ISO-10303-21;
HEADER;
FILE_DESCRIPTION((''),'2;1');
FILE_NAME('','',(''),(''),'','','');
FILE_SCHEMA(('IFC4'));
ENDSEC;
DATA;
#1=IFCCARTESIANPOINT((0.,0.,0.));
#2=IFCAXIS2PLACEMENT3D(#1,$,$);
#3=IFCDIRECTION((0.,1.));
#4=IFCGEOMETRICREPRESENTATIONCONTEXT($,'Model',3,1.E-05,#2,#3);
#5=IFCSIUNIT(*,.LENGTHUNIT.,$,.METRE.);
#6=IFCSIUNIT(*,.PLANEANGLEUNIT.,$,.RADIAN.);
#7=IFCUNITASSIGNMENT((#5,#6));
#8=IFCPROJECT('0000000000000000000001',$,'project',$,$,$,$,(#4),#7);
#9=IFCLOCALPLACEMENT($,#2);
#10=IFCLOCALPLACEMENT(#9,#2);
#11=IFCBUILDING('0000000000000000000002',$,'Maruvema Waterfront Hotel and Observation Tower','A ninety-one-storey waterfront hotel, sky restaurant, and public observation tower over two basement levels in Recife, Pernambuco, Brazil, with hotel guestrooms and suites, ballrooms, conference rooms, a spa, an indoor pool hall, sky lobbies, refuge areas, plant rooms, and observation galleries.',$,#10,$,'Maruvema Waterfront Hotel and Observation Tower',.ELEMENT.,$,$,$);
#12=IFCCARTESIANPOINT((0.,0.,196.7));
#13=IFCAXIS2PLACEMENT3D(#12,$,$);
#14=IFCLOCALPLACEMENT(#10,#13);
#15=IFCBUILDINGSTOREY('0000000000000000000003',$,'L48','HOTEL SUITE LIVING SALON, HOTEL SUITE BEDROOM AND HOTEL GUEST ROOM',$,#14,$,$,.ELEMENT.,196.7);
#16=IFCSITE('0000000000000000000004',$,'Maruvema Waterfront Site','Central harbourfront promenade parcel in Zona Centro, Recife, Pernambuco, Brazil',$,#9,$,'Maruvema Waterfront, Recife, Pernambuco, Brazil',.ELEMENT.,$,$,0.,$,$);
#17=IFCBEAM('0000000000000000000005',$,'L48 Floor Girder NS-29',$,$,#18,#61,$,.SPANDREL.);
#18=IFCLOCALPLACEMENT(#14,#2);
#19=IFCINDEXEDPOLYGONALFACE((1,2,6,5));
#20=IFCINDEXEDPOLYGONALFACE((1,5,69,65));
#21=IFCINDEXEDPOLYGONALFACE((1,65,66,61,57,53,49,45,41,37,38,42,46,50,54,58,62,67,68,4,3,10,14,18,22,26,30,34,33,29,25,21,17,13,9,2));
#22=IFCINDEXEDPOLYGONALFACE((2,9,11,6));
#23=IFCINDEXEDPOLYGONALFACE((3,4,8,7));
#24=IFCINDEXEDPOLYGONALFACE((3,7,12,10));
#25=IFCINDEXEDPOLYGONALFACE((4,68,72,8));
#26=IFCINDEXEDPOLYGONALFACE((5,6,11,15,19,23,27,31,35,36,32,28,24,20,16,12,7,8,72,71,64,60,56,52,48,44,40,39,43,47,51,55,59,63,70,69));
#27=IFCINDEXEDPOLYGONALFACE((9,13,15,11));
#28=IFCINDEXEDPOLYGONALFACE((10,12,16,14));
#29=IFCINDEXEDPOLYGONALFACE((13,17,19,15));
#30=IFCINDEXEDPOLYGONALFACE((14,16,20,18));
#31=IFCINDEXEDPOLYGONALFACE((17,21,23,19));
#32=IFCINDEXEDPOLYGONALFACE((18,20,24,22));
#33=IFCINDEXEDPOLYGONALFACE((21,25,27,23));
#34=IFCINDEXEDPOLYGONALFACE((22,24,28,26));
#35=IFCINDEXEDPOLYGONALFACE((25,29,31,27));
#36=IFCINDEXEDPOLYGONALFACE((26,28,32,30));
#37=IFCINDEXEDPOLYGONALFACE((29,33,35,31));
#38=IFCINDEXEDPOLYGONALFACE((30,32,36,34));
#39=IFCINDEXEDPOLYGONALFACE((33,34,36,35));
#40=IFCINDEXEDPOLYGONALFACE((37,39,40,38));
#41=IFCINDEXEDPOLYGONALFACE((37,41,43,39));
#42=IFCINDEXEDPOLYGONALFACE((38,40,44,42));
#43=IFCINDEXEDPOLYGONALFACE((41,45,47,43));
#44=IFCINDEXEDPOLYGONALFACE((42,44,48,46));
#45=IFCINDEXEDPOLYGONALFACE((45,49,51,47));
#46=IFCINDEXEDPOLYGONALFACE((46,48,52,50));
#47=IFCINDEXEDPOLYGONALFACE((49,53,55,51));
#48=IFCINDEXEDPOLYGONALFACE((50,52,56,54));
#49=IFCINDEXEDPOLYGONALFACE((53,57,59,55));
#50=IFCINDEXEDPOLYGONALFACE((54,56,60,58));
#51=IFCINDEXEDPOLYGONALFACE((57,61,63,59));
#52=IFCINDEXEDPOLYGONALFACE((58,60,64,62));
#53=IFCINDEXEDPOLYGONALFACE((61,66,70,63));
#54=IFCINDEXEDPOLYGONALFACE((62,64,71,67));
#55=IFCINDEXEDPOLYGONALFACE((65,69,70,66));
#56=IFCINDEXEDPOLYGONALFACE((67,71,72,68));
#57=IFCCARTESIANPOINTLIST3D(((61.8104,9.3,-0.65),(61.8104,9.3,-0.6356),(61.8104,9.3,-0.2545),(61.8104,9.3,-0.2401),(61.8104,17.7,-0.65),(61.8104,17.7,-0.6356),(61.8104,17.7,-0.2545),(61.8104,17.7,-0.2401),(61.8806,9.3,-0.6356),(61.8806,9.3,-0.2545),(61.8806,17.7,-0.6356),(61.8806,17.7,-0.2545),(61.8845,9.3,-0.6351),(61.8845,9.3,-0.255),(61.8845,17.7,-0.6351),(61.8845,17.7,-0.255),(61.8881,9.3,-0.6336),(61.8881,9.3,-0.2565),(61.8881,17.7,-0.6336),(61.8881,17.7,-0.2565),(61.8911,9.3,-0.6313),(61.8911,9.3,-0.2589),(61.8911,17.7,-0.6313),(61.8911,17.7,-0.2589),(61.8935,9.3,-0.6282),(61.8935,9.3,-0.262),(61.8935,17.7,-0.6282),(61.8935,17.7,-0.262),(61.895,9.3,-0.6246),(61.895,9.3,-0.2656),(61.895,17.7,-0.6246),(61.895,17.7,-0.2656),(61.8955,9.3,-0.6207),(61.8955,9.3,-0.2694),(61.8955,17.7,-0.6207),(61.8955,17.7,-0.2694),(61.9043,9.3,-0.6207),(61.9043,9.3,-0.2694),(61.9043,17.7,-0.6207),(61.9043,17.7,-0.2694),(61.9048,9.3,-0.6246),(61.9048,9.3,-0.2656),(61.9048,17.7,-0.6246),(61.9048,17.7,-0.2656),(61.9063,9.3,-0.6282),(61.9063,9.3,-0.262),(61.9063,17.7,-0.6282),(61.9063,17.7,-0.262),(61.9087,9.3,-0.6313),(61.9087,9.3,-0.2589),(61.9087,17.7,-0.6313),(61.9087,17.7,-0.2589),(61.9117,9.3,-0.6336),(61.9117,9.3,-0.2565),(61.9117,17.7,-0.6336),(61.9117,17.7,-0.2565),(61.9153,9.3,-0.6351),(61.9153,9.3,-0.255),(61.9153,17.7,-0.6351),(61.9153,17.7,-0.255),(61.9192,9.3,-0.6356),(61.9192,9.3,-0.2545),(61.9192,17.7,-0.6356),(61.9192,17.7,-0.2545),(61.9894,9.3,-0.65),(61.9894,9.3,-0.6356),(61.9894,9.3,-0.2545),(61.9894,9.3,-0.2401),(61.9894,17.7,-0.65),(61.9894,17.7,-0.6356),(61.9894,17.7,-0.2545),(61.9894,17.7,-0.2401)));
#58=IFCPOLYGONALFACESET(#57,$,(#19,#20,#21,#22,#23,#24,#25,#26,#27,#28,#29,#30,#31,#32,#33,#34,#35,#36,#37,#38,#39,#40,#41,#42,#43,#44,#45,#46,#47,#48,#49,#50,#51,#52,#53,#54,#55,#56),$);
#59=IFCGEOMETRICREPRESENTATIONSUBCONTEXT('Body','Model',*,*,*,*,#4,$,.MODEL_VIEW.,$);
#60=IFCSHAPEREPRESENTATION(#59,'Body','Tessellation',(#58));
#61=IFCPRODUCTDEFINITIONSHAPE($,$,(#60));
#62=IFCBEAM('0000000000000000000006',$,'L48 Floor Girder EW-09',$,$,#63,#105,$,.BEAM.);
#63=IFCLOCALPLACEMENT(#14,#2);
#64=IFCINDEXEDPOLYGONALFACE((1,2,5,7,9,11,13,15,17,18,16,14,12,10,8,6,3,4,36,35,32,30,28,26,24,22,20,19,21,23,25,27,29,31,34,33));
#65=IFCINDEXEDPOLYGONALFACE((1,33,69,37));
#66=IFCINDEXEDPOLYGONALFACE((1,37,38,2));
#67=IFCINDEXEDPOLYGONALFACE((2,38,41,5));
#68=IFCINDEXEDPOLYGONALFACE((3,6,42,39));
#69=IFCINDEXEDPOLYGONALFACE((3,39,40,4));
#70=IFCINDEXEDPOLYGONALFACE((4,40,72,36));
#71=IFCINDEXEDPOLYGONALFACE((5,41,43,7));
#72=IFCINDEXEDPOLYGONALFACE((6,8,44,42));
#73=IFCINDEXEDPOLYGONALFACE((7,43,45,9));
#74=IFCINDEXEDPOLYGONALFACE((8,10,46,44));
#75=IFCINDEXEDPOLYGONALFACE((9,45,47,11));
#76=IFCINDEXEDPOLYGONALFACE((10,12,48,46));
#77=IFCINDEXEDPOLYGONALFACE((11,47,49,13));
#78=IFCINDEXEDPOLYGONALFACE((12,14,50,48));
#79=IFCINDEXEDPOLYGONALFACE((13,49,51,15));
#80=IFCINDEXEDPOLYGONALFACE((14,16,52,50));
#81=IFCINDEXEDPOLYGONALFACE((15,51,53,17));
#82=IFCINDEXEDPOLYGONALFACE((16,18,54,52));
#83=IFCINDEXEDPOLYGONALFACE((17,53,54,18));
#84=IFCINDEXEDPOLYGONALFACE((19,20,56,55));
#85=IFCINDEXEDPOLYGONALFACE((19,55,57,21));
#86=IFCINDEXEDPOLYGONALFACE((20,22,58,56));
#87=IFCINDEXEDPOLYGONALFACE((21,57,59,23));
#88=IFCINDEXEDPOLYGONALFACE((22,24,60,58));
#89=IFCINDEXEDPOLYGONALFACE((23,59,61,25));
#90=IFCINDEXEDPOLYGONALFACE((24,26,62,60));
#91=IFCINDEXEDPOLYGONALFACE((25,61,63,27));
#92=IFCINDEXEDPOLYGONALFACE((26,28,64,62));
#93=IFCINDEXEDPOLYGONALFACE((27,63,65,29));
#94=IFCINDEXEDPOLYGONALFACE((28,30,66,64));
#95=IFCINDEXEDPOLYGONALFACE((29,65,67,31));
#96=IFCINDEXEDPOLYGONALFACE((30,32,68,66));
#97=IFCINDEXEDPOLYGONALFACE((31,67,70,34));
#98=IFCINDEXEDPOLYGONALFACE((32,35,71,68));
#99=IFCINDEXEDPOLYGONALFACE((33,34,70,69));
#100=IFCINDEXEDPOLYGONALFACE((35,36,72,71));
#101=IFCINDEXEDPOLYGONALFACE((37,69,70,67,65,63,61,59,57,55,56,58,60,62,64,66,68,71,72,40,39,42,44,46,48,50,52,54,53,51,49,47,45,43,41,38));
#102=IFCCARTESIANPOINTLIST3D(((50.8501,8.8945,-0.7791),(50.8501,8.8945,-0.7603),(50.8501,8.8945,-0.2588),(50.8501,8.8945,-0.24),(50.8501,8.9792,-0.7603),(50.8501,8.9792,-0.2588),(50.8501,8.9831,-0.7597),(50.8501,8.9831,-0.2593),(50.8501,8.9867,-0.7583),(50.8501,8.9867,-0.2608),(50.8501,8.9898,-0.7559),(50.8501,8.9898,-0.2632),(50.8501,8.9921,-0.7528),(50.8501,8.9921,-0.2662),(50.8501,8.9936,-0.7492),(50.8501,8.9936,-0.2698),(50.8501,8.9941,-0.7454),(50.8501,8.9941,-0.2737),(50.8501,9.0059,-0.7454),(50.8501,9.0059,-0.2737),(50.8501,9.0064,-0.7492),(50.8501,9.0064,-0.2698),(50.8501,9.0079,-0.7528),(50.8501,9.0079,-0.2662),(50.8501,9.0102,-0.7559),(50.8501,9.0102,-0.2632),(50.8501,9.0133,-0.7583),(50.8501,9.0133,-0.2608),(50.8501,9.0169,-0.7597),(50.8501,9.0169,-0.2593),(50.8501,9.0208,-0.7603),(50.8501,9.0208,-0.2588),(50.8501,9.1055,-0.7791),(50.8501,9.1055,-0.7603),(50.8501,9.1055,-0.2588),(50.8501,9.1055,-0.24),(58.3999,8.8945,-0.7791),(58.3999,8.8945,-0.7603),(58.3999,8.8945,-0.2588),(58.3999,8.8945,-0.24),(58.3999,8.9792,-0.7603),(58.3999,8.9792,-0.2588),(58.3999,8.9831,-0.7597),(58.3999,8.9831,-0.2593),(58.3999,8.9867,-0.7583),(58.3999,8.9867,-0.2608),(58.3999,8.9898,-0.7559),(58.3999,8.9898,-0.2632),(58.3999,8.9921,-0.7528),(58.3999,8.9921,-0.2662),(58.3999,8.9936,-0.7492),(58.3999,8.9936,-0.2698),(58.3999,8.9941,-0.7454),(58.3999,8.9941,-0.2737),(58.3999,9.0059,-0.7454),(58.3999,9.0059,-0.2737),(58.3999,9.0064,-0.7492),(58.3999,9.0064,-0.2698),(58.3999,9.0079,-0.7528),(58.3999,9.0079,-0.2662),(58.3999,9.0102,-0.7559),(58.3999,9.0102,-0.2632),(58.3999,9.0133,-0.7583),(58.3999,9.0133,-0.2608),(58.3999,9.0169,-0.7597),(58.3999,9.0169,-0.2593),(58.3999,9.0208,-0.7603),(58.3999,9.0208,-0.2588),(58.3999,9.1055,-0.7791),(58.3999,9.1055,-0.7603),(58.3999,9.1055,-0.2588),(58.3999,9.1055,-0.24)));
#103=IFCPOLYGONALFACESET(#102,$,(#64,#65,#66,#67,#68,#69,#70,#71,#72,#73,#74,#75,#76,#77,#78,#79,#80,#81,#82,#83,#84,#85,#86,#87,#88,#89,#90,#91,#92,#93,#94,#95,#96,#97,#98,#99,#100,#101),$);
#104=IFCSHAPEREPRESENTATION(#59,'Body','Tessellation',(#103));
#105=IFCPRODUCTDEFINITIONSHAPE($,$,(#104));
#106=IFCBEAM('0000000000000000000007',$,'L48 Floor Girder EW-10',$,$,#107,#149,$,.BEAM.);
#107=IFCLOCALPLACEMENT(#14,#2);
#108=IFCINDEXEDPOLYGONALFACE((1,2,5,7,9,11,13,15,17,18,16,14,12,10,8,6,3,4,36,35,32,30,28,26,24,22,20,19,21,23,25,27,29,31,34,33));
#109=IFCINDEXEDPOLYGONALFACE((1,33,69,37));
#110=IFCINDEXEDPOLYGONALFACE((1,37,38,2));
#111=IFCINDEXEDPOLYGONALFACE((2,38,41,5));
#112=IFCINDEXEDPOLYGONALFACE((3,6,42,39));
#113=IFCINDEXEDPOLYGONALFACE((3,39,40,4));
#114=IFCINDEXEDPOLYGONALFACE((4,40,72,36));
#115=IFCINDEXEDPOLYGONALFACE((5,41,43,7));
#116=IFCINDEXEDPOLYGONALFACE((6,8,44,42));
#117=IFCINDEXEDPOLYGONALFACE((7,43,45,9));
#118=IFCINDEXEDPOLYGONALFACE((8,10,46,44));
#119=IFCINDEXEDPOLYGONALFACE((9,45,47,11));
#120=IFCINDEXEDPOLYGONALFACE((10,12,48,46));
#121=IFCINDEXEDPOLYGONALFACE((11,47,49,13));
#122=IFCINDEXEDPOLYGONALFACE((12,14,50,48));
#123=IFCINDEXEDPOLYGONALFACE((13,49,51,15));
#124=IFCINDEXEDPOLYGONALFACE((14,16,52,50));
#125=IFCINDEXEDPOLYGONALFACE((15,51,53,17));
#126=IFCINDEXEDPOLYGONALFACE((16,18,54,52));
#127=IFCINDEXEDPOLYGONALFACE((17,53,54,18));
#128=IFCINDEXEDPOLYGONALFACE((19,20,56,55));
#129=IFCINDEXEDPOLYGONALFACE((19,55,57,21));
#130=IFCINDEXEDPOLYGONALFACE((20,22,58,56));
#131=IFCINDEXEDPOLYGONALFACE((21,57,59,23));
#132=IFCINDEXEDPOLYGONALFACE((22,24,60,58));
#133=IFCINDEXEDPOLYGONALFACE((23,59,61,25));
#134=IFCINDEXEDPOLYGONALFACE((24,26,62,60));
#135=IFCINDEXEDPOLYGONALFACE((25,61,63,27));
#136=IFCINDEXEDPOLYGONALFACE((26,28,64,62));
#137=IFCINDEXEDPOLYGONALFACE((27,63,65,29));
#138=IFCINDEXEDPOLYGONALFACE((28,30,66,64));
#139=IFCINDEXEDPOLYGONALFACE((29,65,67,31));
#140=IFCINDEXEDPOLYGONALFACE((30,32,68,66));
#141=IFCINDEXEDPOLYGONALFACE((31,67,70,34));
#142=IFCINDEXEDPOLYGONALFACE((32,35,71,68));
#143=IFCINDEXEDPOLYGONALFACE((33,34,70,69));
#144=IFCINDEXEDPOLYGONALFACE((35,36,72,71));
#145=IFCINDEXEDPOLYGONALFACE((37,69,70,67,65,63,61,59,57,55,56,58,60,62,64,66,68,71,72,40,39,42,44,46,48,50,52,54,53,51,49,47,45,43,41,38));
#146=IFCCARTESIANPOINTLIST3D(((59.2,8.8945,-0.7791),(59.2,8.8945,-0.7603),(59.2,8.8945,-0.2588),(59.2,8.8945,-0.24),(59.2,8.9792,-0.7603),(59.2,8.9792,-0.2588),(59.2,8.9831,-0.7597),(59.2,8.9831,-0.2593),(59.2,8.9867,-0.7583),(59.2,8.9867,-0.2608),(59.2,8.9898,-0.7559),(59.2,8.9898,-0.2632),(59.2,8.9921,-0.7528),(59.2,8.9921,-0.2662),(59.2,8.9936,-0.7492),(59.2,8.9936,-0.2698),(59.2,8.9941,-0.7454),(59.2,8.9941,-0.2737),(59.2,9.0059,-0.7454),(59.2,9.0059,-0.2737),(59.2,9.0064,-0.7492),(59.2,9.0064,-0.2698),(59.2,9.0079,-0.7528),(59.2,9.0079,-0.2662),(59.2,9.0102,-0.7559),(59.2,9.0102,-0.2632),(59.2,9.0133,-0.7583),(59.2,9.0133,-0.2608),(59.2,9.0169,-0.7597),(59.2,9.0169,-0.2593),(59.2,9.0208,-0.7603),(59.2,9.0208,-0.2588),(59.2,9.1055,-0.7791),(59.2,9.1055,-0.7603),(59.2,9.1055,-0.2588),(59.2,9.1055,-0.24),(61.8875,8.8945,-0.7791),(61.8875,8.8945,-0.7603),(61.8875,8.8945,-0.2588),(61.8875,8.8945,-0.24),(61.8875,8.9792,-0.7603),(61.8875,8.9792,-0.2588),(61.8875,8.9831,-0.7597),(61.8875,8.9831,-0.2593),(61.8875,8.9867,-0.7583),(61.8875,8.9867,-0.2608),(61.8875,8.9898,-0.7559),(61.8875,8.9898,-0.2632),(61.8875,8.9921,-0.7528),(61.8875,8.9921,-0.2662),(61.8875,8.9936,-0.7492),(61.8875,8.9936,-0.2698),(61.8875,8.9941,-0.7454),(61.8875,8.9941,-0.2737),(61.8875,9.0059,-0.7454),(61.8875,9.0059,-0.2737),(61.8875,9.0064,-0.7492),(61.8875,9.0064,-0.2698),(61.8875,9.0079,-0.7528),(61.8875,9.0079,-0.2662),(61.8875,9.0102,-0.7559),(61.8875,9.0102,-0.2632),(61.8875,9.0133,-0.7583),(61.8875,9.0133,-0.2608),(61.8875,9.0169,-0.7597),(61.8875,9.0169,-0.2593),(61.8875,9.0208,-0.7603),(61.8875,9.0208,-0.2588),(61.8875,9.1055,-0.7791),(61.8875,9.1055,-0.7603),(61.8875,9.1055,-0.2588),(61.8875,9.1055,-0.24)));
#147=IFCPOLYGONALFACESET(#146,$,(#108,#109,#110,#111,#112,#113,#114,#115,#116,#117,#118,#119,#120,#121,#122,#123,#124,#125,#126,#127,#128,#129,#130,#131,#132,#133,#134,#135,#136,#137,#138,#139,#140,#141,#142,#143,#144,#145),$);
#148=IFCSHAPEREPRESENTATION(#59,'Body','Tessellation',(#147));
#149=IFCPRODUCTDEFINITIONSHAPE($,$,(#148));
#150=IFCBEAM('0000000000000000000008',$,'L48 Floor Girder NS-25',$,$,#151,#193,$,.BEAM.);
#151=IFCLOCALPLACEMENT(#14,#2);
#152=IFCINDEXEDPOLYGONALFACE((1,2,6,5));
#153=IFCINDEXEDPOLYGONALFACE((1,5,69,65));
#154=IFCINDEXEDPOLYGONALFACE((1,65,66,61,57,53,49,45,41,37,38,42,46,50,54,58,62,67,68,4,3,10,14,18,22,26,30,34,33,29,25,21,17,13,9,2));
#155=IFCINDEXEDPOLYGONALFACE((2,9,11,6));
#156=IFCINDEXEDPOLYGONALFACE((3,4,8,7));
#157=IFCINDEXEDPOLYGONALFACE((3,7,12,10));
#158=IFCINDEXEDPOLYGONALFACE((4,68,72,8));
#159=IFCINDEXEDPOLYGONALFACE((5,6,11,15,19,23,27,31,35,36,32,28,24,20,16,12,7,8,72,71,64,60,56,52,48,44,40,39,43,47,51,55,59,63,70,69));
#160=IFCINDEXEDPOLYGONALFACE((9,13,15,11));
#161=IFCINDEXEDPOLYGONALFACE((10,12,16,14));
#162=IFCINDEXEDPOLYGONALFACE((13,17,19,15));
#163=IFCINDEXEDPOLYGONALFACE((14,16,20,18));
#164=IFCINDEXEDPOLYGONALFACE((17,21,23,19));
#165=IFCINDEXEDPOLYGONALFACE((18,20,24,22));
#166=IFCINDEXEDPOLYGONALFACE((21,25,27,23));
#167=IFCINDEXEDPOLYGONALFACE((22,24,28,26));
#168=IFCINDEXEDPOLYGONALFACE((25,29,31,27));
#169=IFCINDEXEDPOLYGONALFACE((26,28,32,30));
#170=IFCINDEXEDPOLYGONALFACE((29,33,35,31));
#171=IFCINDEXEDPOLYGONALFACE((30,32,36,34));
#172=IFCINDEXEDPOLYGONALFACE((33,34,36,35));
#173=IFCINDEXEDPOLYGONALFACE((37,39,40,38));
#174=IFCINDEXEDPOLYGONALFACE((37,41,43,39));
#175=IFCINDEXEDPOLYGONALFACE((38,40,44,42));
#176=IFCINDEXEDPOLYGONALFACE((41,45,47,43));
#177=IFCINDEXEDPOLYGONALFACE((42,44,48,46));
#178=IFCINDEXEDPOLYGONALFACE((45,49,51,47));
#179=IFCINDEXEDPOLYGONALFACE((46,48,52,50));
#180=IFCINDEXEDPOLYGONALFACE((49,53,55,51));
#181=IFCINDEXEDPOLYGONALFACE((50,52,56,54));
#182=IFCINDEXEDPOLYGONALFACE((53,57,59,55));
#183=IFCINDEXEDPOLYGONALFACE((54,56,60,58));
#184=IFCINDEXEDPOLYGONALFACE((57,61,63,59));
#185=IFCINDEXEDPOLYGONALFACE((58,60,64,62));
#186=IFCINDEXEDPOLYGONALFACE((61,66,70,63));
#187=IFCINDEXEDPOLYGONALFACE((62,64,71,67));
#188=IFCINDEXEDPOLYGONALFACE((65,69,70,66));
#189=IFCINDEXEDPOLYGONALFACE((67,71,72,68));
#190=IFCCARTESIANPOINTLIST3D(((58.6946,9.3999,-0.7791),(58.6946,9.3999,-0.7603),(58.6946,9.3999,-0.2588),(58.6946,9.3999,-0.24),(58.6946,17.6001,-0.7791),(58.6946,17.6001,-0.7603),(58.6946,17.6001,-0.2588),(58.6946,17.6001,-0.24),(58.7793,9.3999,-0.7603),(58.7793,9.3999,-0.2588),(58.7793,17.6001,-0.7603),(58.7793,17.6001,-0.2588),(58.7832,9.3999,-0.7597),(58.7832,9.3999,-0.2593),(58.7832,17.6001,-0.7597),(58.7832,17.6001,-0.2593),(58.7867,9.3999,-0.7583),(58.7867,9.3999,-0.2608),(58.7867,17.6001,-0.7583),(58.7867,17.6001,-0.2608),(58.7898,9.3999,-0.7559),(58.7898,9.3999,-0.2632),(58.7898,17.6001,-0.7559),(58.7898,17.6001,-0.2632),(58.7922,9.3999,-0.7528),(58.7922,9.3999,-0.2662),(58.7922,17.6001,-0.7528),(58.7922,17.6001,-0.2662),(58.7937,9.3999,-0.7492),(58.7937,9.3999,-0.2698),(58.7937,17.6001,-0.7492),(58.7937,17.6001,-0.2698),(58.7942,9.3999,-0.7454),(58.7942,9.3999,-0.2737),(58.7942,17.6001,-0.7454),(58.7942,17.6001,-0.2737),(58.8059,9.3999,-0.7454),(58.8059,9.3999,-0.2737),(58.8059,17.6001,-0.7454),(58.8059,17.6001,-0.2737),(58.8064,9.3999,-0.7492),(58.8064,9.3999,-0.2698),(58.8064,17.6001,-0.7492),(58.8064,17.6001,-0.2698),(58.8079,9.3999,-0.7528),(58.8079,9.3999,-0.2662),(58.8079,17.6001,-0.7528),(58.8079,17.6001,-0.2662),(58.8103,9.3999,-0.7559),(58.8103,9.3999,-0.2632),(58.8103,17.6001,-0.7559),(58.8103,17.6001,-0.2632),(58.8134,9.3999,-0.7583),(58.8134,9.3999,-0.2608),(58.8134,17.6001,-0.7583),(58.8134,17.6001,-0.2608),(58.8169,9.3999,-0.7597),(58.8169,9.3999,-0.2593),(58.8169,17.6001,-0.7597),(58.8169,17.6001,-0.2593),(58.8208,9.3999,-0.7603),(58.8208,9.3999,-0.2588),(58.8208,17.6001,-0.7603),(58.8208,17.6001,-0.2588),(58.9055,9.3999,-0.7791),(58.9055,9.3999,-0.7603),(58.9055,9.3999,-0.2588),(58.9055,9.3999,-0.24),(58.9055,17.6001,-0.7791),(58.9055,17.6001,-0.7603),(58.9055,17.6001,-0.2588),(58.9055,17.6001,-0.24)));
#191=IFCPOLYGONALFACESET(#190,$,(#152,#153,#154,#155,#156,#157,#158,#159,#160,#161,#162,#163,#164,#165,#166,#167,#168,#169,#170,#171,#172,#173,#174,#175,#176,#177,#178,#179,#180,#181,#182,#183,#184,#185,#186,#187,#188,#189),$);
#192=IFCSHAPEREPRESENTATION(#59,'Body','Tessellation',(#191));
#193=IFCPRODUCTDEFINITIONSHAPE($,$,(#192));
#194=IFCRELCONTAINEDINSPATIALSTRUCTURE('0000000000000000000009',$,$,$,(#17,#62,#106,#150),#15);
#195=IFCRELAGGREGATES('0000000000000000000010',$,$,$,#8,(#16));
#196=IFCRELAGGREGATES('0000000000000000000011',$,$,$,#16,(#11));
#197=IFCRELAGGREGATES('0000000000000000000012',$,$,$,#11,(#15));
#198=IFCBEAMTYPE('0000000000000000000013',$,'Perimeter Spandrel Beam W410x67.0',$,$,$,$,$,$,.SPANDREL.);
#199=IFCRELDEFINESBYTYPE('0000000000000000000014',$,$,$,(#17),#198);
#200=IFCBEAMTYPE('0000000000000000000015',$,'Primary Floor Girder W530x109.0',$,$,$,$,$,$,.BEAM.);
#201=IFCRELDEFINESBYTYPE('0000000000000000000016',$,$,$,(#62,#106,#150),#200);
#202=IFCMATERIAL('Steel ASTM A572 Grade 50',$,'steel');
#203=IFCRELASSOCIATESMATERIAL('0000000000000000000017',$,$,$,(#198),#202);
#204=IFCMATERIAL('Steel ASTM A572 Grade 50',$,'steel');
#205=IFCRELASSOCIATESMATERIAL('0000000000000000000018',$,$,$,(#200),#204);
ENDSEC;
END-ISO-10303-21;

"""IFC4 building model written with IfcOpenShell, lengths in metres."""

from ifc_helpers import new_model, si_unit, direction, frame, origin, origin_2d, place, context, subcontext, project, spatial, i_section, extrude, material, material_profile, profile_set, type_object, element, save


model = new_model("IFC4")

# Units and contexts
model_context = context("Model", 3, precision=1e-05, world=origin(), true_north=direction((0.0, 1.0)))
body_context = subcontext(model_context, "Body", "Model", "MODEL_VIEW")
ifc_project = project(units=[si_unit("LENGTHUNIT", "METRE"), si_unit("PLANEANGLEUNIT", "RADIAN")], contexts=[model_context])

# Site, building, storey
site_placement = place(None, origin())
site = spatial("IfcSite", under=ifc_project, at=site_placement, Name="Maruvema Waterfront Site", Description="Central harbourfront promenade parcel in Zona Centro, Recife, Pernambuco, Brazil", LongName="Maruvema Waterfront, Recife, Pernambuco, Brazil", CompositionType="ELEMENT", RefElevation=0.0)
building_placement = place(site_placement, origin())
building = spatial("IfcBuilding", under=site, at=building_placement, Name="Maruvema Waterfront Hotel and Observation Tower", Description="A ninety-one-storey waterfront hotel, sky restaurant, and public observation tower over two basement levels in Recife, Pernambuco, Brazil, with hotel guestrooms and suites, ballrooms, conference rooms, a spa, an indoor pool hall, sky lobbies, refuge areas, plant rooms, and observation galleries.", LongName="Maruvema Waterfront Hotel and Observation Tower", CompositionType="ELEMENT")
storey_placement = place(building_placement, frame((0.0, 0.0, 196.7)))
storey = spatial("IfcBuildingStorey", under=building, at=storey_placement, Name="L48", Description="HOTEL SUITE LIVING SALON, HOTEL SUITE BEDROOM AND HOTEL GUEST ROOM", CompositionType="ELEMENT", Elevation=196.7)

# Beams
ifc_material_1 = material(Name="Steel ASTM A572 Grade 50", Category="steel")
ifc_material_profile_1 = material_profile(ifc_material_1, i_section(OverallWidth=0.179, OverallDepth=0.4099, WebThickness=0.0088, FlangeThickness=0.0144, FilletRadius=0.0149, at=origin_2d()), Name="W410x67.0")
ifc_profile_set_1 = profile_set([ifc_material_profile_1], Name="Steel ASTM A572 Grade 50")
beam_type_1 = type_object("IfcBeamType", Name="Perimeter Spandrel Beam W410x67.0", PredefinedType="SPANDREL", material=ifc_profile_set_1)
beam_1_placement = place(storey_placement, frame((61.8999, 9.3, -0.4451), z_axis=(0.0, 1.0, 0.0), x_axis=(-1.0, 0.0, 0.0)))
element("IfcBeam", 1, at=beam_1_placement, inside=storey, type_object=beam_type_1, Name="L48 Floor Girder NS-29", PredefinedType="SPANDREL", context=body_context, shape_type="SweptSolid", body=[
    extrude(i_section(OverallWidth=0.179, OverallDepth=0.4099, WebThickness=0.0088, FlangeThickness=0.0144, FilletRadius=0.0149, at=origin_2d()), origin(), (0.0, 0.0, 1.0), 8.3999),
])
ifc_material_2 = material(Name="Steel ASTM A572 Grade 50", Category="steel")
ifc_material_profile_2 = material_profile(ifc_material_2, i_section(OverallWidth=0.2109, OverallDepth=0.5391, WebThickness=0.0117, FlangeThickness=0.0188, FilletRadius=0.0149, at=origin_2d()), Name="W530x109.0")
ifc_profile_set_2 = profile_set([ifc_material_profile_2], Name="Steel ASTM A572 Grade 50")
beam_type_2 = type_object("IfcBeamType", Name="Primary Floor Girder W530x109.0", PredefinedType="BEAM", material=ifc_profile_set_2)
beam_2_placement = place(storey_placement, frame((50.8501, 9.0, -0.5095), z_axis=(1.0, 0.0, 0.0), x_axis=(0.0, 1.0, 0.0)))
element("IfcBeam", 2, at=beam_2_placement, inside=storey, type_object=beam_type_2, Name="L48 Floor Girder EW-09", PredefinedType="BEAM", context=body_context, shape_type="SweptSolid", body=[
    extrude(i_section(OverallWidth=0.2109, OverallDepth=0.5391, WebThickness=0.0117, FlangeThickness=0.0188, FilletRadius=0.0149, at=origin_2d()), origin(), (0.0, 0.0, 1.0), 7.5498),
])
beam_3_placement = place(storey_placement, frame((59.2, 9.0, -0.5095), z_axis=(1.0, 0.0, 0.0), x_axis=(0.0, 1.0, 0.0)))
element("IfcBeam", 3, at=beam_3_placement, inside=storey, type_object=beam_type_2, Name="L48 Floor Girder EW-10", PredefinedType="BEAM", context=body_context, shape_type="SweptSolid", body=[
    extrude(i_section(OverallWidth=0.2109, OverallDepth=0.5391, WebThickness=0.0117, FlangeThickness=0.0188, FilletRadius=0.0149, at=origin_2d()), origin(), (0.0, 0.0, 1.0), 2.6875),
])
beam_4_placement = place(storey_placement, frame((58.8, 9.3999, -0.5095), z_axis=(0.0, 1.0, 0.0), x_axis=(-1.0, 0.0, 0.0)))
element("IfcBeam", 4, at=beam_4_placement, inside=storey, type_object=beam_type_2, Name="L48 Floor Girder NS-25", PredefinedType="BEAM", context=body_context, shape_type="SweptSolid", body=[
    extrude(i_section(OverallWidth=0.2109, OverallDepth=0.5391, WebThickness=0.0117, FlangeThickness=0.0188, FilletRadius=0.0149, at=origin_2d()), origin(), (0.0, 0.0, 1.0), 8.2002),
])

save(model, "model.ifc")
